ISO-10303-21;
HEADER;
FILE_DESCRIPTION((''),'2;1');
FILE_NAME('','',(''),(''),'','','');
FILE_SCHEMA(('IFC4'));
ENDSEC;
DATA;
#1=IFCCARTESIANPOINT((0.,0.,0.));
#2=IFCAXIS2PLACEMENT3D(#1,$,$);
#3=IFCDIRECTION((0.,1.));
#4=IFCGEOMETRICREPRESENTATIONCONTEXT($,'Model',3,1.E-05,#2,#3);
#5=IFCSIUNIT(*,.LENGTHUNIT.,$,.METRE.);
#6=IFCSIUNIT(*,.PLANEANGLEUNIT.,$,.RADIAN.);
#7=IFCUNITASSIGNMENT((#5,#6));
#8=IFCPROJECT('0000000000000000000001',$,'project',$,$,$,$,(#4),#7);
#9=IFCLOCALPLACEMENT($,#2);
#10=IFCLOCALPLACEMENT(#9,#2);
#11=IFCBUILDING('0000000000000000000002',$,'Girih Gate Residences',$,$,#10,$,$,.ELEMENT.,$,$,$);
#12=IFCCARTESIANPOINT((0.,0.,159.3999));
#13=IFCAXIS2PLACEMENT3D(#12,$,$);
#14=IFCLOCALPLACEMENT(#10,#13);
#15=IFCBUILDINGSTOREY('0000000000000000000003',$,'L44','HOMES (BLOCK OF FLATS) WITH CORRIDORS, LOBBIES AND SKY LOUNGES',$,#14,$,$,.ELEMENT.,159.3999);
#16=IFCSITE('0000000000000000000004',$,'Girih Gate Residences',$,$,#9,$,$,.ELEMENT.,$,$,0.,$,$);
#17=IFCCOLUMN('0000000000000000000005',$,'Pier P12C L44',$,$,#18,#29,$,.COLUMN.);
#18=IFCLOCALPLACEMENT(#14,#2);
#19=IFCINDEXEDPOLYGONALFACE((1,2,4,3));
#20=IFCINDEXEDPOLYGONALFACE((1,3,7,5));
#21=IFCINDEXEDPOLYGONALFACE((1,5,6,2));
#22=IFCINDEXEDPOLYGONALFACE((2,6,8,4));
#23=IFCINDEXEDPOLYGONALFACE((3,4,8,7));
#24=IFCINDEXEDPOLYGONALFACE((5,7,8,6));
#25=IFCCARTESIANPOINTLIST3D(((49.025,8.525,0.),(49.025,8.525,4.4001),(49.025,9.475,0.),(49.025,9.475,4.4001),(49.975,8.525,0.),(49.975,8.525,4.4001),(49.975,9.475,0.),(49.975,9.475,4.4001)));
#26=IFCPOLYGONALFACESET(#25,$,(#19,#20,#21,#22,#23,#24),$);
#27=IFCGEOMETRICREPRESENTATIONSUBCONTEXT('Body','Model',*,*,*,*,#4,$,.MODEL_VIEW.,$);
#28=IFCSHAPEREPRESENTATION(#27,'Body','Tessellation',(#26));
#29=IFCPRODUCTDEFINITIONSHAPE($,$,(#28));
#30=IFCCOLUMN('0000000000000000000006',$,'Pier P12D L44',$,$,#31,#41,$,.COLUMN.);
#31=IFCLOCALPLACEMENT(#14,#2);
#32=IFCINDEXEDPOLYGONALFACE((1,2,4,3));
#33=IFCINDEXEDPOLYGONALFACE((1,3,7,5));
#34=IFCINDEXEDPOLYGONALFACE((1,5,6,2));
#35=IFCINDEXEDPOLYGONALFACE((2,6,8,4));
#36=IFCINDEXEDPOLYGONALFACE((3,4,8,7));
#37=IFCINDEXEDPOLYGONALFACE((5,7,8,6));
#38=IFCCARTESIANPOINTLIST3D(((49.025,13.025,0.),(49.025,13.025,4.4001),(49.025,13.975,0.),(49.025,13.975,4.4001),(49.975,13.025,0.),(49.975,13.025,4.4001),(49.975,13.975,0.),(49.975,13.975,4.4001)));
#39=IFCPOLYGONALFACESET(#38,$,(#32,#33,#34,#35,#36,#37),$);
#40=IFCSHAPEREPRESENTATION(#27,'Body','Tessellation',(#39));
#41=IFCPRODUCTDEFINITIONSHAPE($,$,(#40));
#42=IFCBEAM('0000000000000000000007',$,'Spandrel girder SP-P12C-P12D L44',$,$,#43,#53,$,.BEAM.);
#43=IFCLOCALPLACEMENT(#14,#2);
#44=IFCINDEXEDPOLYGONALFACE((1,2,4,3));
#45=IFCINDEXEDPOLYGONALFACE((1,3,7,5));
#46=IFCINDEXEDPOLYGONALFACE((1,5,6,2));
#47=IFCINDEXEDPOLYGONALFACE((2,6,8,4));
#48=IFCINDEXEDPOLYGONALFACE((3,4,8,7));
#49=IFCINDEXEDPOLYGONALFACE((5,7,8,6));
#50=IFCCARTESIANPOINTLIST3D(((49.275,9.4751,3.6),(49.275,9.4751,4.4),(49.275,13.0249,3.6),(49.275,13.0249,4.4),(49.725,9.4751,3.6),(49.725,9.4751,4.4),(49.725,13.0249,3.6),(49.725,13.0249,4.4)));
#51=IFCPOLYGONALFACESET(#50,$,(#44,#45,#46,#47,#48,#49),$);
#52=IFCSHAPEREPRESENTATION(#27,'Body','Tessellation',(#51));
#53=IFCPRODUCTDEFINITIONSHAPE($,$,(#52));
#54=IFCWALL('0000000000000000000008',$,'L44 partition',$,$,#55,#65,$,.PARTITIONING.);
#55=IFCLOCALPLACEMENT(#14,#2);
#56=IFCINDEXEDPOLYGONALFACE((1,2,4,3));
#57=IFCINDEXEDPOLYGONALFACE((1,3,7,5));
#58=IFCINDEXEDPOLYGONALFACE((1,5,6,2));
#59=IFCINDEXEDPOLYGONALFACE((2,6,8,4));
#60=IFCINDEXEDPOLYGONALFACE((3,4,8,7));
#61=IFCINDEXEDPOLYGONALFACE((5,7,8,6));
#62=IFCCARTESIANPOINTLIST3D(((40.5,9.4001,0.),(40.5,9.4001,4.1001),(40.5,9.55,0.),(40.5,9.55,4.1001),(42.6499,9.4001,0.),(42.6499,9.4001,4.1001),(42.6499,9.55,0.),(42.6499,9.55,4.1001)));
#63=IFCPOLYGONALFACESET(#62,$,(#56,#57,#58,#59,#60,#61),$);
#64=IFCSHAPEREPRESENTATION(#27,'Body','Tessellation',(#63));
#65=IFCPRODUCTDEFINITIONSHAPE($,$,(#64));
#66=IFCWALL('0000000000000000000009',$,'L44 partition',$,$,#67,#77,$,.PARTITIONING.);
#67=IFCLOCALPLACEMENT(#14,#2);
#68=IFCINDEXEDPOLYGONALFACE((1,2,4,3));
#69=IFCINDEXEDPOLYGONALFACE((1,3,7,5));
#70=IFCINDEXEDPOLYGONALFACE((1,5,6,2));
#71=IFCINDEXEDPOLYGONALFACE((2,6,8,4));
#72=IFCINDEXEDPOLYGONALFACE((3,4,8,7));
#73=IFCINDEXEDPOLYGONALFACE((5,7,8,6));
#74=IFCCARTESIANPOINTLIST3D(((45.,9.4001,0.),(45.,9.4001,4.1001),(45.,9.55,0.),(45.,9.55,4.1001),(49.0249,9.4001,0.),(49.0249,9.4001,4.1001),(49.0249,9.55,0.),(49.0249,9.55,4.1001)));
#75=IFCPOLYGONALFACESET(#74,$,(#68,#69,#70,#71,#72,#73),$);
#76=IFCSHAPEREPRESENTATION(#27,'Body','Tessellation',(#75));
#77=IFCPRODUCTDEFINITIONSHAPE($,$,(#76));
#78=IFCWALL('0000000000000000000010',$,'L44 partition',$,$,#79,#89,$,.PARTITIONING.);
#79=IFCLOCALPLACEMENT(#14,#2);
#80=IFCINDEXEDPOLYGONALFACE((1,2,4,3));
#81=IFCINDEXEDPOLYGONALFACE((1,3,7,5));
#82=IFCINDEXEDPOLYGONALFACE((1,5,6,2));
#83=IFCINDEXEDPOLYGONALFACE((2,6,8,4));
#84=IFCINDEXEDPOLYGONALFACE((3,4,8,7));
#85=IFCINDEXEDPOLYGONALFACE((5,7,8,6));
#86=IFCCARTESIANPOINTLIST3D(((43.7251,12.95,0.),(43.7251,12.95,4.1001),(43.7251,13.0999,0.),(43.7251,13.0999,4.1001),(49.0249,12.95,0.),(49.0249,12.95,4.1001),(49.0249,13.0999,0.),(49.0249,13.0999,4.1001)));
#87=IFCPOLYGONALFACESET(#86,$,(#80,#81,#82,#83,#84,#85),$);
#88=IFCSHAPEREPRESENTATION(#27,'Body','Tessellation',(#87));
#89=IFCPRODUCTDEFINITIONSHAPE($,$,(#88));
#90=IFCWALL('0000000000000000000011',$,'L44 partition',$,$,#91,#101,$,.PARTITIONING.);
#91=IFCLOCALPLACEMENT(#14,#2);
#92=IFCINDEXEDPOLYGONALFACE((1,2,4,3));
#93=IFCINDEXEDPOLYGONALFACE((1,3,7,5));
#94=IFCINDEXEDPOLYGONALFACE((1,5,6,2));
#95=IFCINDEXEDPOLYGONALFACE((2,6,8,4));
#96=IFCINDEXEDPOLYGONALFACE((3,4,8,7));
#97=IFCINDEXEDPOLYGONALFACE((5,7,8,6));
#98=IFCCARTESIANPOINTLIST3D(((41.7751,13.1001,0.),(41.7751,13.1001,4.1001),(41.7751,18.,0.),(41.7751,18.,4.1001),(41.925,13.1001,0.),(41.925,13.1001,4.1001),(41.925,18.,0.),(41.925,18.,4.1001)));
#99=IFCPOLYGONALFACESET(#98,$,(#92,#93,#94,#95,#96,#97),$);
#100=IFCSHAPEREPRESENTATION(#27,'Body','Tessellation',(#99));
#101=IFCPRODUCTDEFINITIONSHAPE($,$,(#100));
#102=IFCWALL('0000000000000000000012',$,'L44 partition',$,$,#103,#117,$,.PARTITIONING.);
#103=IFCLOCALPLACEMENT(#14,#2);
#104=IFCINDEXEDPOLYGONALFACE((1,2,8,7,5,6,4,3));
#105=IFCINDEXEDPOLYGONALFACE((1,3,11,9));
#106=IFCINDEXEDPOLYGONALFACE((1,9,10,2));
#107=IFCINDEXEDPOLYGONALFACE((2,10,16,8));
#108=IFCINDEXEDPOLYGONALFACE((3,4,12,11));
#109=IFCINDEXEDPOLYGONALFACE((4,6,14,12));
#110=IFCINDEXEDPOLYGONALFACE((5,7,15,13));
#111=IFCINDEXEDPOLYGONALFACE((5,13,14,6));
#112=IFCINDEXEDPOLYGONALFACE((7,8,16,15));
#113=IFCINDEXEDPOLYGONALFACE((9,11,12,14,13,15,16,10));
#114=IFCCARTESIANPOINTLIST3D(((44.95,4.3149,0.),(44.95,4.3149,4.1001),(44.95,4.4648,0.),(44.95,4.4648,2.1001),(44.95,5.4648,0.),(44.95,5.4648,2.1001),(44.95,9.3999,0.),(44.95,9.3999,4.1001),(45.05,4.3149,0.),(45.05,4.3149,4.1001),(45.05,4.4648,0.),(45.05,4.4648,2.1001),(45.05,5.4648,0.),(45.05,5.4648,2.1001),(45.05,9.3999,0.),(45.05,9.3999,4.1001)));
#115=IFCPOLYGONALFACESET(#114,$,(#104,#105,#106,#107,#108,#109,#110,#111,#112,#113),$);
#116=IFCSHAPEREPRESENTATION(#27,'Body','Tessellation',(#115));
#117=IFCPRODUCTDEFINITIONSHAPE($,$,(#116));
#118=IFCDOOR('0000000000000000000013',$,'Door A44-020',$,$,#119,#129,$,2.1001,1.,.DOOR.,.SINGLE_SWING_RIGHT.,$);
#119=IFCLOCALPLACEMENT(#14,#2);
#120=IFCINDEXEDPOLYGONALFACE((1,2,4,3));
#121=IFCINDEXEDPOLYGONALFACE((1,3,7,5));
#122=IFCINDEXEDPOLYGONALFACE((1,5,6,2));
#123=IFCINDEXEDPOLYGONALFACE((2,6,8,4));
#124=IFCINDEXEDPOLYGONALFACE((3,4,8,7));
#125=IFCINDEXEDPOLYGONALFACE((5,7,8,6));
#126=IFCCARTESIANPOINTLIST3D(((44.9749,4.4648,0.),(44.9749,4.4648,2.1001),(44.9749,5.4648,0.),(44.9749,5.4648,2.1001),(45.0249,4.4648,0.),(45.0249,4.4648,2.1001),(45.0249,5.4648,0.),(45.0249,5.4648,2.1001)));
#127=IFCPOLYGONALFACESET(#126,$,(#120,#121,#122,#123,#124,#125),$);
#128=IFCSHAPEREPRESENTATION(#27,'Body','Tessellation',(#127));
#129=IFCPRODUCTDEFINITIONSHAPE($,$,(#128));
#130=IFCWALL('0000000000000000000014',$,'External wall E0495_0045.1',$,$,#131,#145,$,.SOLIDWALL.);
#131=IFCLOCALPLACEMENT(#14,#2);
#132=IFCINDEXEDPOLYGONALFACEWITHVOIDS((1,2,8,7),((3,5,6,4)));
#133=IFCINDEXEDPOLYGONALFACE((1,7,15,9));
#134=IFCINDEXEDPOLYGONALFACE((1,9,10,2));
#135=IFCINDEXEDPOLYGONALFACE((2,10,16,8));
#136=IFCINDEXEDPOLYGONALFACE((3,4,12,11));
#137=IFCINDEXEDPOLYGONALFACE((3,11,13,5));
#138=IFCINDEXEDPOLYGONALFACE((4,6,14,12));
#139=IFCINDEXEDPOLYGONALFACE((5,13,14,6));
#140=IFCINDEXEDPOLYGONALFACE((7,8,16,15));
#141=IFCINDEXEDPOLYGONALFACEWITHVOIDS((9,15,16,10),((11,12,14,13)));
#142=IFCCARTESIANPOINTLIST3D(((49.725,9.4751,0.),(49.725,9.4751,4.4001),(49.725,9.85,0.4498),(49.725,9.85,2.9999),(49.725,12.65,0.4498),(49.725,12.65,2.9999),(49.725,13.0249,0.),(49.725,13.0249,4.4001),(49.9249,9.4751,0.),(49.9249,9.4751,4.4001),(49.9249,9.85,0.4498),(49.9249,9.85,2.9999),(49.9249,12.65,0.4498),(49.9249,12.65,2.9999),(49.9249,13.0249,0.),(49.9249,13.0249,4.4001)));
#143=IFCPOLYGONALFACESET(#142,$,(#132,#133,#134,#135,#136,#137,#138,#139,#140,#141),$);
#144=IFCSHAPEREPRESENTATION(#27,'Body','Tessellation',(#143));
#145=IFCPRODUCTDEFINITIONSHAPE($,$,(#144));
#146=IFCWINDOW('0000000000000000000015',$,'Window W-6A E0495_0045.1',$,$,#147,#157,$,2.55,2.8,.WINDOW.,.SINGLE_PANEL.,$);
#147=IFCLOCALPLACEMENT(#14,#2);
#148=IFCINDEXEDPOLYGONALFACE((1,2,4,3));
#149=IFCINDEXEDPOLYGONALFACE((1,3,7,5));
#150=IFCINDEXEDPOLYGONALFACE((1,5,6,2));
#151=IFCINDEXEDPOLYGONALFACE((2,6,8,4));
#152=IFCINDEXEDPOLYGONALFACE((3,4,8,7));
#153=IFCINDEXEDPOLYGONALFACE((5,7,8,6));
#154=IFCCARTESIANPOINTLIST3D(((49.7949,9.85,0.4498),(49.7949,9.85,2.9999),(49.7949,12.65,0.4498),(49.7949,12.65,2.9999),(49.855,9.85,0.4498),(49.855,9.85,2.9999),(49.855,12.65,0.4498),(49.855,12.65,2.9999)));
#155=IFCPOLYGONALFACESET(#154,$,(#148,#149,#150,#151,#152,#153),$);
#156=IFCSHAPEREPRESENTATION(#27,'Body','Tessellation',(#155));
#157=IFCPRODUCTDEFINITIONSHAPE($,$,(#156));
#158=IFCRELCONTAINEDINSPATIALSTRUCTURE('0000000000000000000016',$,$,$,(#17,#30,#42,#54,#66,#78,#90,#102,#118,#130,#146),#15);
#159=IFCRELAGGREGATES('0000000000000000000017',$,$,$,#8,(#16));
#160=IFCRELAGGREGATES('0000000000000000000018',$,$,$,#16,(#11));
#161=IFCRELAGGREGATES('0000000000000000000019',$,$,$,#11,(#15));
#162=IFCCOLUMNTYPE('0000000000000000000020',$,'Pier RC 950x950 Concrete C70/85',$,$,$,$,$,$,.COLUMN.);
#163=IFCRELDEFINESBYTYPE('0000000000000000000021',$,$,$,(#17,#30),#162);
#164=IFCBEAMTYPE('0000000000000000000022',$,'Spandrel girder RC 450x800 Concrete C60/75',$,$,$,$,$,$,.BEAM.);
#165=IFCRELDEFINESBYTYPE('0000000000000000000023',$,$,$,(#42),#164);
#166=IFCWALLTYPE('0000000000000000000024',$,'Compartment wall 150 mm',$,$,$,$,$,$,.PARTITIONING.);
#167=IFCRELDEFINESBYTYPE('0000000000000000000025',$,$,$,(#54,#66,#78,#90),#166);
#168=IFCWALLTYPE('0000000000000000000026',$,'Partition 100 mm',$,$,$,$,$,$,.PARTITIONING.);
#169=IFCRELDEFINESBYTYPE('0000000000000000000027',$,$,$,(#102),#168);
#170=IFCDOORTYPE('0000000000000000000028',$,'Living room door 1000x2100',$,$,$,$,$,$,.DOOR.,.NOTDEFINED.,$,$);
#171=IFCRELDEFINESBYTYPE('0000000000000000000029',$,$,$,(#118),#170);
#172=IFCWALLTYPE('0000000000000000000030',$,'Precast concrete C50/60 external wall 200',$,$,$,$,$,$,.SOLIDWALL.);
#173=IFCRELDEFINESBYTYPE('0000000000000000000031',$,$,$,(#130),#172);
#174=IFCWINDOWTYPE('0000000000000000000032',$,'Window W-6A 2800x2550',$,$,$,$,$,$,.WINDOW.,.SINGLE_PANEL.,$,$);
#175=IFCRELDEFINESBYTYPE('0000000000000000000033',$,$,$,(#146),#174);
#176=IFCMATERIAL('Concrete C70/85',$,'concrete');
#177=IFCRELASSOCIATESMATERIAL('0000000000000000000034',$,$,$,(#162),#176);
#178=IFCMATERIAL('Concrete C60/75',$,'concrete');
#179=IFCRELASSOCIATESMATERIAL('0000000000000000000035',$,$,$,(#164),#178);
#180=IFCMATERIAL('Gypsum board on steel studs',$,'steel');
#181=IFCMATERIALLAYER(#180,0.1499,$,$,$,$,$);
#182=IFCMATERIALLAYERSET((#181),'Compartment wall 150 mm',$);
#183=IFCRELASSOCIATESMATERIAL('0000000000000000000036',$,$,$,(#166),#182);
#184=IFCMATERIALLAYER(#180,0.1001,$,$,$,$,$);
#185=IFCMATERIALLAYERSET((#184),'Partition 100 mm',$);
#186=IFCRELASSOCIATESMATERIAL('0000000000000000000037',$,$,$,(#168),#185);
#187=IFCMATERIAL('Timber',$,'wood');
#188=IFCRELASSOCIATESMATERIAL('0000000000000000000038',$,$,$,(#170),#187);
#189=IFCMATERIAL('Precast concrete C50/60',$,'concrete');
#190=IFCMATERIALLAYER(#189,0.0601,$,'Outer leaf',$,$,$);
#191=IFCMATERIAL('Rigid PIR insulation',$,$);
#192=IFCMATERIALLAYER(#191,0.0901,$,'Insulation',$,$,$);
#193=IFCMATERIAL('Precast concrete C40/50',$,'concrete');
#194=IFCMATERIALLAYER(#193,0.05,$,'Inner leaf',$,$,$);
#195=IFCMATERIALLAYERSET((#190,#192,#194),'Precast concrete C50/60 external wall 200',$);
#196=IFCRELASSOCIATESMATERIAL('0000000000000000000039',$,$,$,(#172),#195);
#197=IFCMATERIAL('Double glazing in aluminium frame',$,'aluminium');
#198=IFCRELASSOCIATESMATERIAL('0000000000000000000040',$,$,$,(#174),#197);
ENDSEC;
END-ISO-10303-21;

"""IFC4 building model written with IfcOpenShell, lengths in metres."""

from ifc_helpers import new_model, si_unit, direction, frame, frame_2d, origin, origin_2d, place, context, subcontext, project, spatial, rectangle, extrude, material, layer, layer_set, material_profile, profile_set, type_object, element, fill, save


model = new_model("IFC4")

# Units and contexts
model_context = context("Model", 3, precision=1e-05, world=origin(), true_north=direction((0.0, 1.0)))
body_context = subcontext(model_context, "Body", "Model", "MODEL_VIEW")
ifc_project = project(units=[si_unit("LENGTHUNIT", "METRE"), si_unit("PLANEANGLEUNIT", "RADIAN")], contexts=[model_context])

# Site, building, storey
site_placement = place(None, origin())
site = spatial("IfcSite", under=ifc_project, at=site_placement, Name="Girih Gate Residences", CompositionType="ELEMENT", RefElevation=0.0)
building_placement = place(site_placement, origin())
building = spatial("IfcBuilding", under=site, at=building_placement, Name="Girih Gate Residences", CompositionType="ELEMENT")
storey_placement = place(building_placement, frame((0.0, 0.0, 159.3999)))
storey = spatial("IfcBuildingStorey", under=building, at=storey_placement, Name="L44", Description="HOMES (BLOCK OF FLATS) WITH CORRIDORS, LOBBIES AND SKY LOUNGES", CompositionType="ELEMENT", Elevation=159.3999)

# Columns
ifc_material_1 = material(Name="Concrete C70/85", Category="concrete")
ifc_material_profile_1 = material_profile(ifc_material_1, rectangle(XDim=0.95, YDim=0.95, at=origin_2d()))
ifc_profile_set_1 = profile_set([ifc_material_profile_1], Name="Concrete C70/85")
column_type = type_object("IfcColumnType", Name="Pier RC 950x950 Concrete C70/85", PredefinedType="COLUMN", material=ifc_profile_set_1)
for number, where, z_axis, x_axis, name in (
    (1, (49.5, 9.0, 0.0), (0.0, 0.0, 1.0), (1.0, 0.0, 0.0), "Pier P12C L44"),
    (2, (49.5, 13.5, 0.0), (0.0, 0.0, 1.0), (1.0, 0.0, 0.0), "Pier P12D L44"),
):
    element("IfcColumn", number, at=place(storey_placement, frame(where, z_axis=z_axis, x_axis=x_axis)), inside=storey, type_object=column_type, Name=name, PredefinedType="COLUMN", context=body_context, shape_type="SweptSolid", body=[
        extrude(rectangle(XDim=0.95, YDim=0.95, at=origin_2d()), origin(), (0.0, 0.0, 1.0), 4.4001),
    ])

# Beam
ifc_material_2 = material(Name="Concrete C60/75", Category="concrete")
ifc_material_profile_2 = material_profile(ifc_material_2, rectangle(XDim=0.45, YDim=0.8, at=origin_2d()))
ifc_profile_set_2 = profile_set([ifc_material_profile_2], Name="Concrete C60/75")
beam_type = type_object("IfcBeamType", Name="Spandrel girder RC 450x800 Concrete C60/75", PredefinedType="BEAM", material=ifc_profile_set_2)
beam_placement = place(storey_placement, frame((49.5, 9.4751, 4.0), z_axis=(0.0, 1.0, 0.0), x_axis=(-1.0, 0.0, 0.0)))
element("IfcBeam", 3, at=beam_placement, inside=storey, type_object=beam_type, Name="Spandrel girder SP-P12C-P12D L44", PredefinedType="BEAM", context=body_context, shape_type="SweptSolid", body=[
    extrude(rectangle(XDim=0.45, YDim=0.8, at=origin_2d()), origin(), (0.0, 0.0, 1.0), 3.5498),
])

# Shared definitions
ifc_material_3 = material(Name="Gypsum board on steel studs", Category="steel")
ifc_layer_1 = layer(ifc_material_3, 0.1499)
ifc_layer_set_1 = layer_set([ifc_layer_1], Name="Compartment wall 150 mm")
wall_type_1 = type_object("IfcWallType", Name="Compartment wall 150 mm", PredefinedType="PARTITIONING", material=ifc_layer_set_1)

# Walls
wall_1_placement = place(storey_placement, frame((40.5, 9.4751, 0.0), z_axis=(0.0, 0.0, 1.0), x_axis=(1.0, 0.0, 0.0)))
element("IfcWall", 4, at=wall_1_placement, inside=storey, type_object=wall_type_1, Name="L44 partition", PredefinedType="PARTITIONING", context=body_context, shape_type="SweptSolid", body=[
    extrude(rectangle(XDim=2.1499, YDim=0.1499, at=frame_2d((1.075, 0.0))), origin(), (0.0, 0.0, 1.0), 4.1001),
])
wall_2_placement = place(storey_placement, frame((45.0, 9.4751, 0.0), z_axis=(0.0, 0.0, 1.0), x_axis=(1.0, 0.0, 0.0)))
element("IfcWall", 5, at=wall_2_placement, inside=storey, type_object=wall_type_1, Name="L44 partition", PredefinedType="PARTITIONING", context=body_context, shape_type="SweptSolid", body=[
    extrude(rectangle(XDim=4.0249, YDim=0.1499, at=frame_2d((2.0125, 0.0))), origin(), (0.0, 0.0, 1.0), 4.1001),
])

# Walls
wall_3_placement = place(storey_placement, frame((43.7251, 13.0249, 0.0), z_axis=(0.0, 0.0, 1.0), x_axis=(1.0, 0.0, 0.0)))
element("IfcWall", 6, at=wall_3_placement, inside=storey, type_object=wall_type_1, Name="L44 partition", PredefinedType="PARTITIONING", context=body_context, shape_type="SweptSolid", body=[
    extrude(rectangle(XDim=5.2998, YDim=0.1499, at=frame_2d((2.6499, 0.0))), origin(), (0.0, 0.0, 1.0), 4.1001),
])
wall_4_placement = place(storey_placement, frame((41.8501, 13.1001, 0.0), z_axis=(0.0, 0.0, 1.0), x_axis=(0.0, 1.0, 0.0)))
element("IfcWall", 7, at=wall_4_placement, inside=storey, type_object=wall_type_1, Name="L44 partition", PredefinedType="PARTITIONING", context=body_context, shape_type="SweptSolid", body=[
    extrude(rectangle(XDim=4.8999, YDim=0.1499, at=frame_2d((2.45, 0.0))), origin(), (0.0, 0.0, 1.0), 4.1001),
])

# Wall, opening, door
ifc_layer_2 = layer(ifc_material_3, 0.1001)
ifc_layer_set_2 = layer_set([ifc_layer_2], Name="Partition 100 mm")
wall_type_2 = type_object("IfcWallType", Name="Partition 100 mm", PredefinedType="PARTITIONING", material=ifc_layer_set_2)
wall_5_placement = place(storey_placement, frame((45.0, 9.3999, 0.0), z_axis=(0.0, 0.0, 1.0), x_axis=(0.0, -1.0, 0.0)))
wall_5 = element("IfcWall", 8, at=wall_5_placement, inside=storey, type_object=wall_type_2, Name="L44 partition", PredefinedType="PARTITIONING", context=body_context, shape_type="SweptSolid", body=[
    extrude(rectangle(XDim=5.085, YDim=0.1001, at=frame_2d((2.5425, 0.0))), origin(), (0.0, 0.0, 1.0), 4.1001),
])
opening_1_placement = place(wall_5_placement, frame((3.9351, 0.0, 0.0)))
opening_1 = element("IfcOpeningElement", 9, at=opening_1_placement, cuts=wall_5, PredefinedType="OPENING", context=body_context, shape_type="SweptSolid", body=[
    extrude(rectangle(XDim=1.0, YDim=2.1001, at=frame_2d((0.5, 1.05))), frame((0.0, 0.0601, 0.0), z_axis=(0.0, -1.0, 0.0), x_axis=(1.0, 0.0, 0.0)), (0.0, 0.0, 1.0), 0.1201),
])
ifc_material_4 = material(Name="Timber", Category="wood")
door_type_1 = type_object("IfcDoorType", Name="Living room door 1000x2100", OperationType="NOTDEFINED", PredefinedType="DOOR", material=ifc_material_4)
door_1_placement = place(opening_1_placement, origin())
door_1 = element("IfcDoor", 10, at=door_1_placement, inside=storey, type_object=door_type_1, Name="Door A44-020", OperationType="SINGLE_SWING_RIGHT", OverallHeight=2.1001, OverallWidth=1.0, PredefinedType="DOOR", context=body_context, shape_type="SweptSolid", body=[
    extrude(rectangle(XDim=1.0, YDim=2.1001, at=frame_2d((0.5, 1.05))), frame((0.0, 0.0249, 0.0), z_axis=(0.0, -1.0, 0.0), x_axis=(1.0, 0.0, 0.0)), (0.0, 0.0, 1.0), 0.05),
])
fill(opening_1, door_1)

# Wall, opening, window
ifc_material_5 = material(Name="Precast concrete C50/60", Category="concrete")
ifc_layer_3 = layer(ifc_material_5, 0.0601, Name="Outer leaf")
ifc_material_6 = material(Name="Rigid PIR insulation")
ifc_layer_4 = layer(ifc_material_6, 0.0901, Name="Insulation")
ifc_material_7 = material(Name="Precast concrete C40/50", Category="concrete")
ifc_layer_5 = layer(ifc_material_7, 0.05, Name="Inner leaf")
ifc_layer_set_3 = layer_set([ifc_layer_3, ifc_layer_4, ifc_layer_5], Name="Precast concrete C50/60 external wall 200")
wall_type_3 = type_object("IfcWallType", Name="Precast concrete C50/60 external wall 200", PredefinedType="SOLIDWALL", material=ifc_layer_set_3)
wall_6_placement = place(storey_placement, frame((49.825, 13.0249, 0.0), z_axis=(0.0, 0.0, 1.0), x_axis=(0.0, -1.0, 0.0)))
wall_6 = element("IfcWall", 11, at=wall_6_placement, inside=storey, type_object=wall_type_3, Name="External wall E0495_0045.1", PredefinedType="SOLIDWALL", context=body_context, shape_type="SweptSolid", body=[
    extrude(rectangle(XDim=3.5498, YDim=0.2, at=frame_2d((1.7749, 0.0))), origin(), (0.0, 0.0, 1.0), 4.4001),
])
opening_2_placement = place(wall_6_placement, frame((0.375, 0.0, 0.45)))
opening_2 = element("IfcOpeningElement", 12, at=opening_2_placement, cuts=wall_6, PredefinedType="OPENING", context=body_context, shape_type="SweptSolid", body=[
    extrude(rectangle(XDim=2.8, YDim=2.55, at=frame_2d((1.3999, 1.2749))), frame((0.0, 0.1099, 0.0), z_axis=(0.0, -1.0, 0.0), x_axis=(1.0, 0.0, 0.0)), (0.0, 0.0, 1.0), 0.22),
])
ifc_material_8 = material(Name="Double glazing in aluminium frame", Category="aluminium")
window_type = type_object("IfcWindowType", Name="Window W-6A 2800x2550", PartitioningType="SINGLE_PANEL", PredefinedType="WINDOW", material=ifc_material_8)
window_placement = place(opening_2_placement, origin())
window = element("IfcWindow", 13, at=window_placement, inside=storey, type_object=window_type, Name="Window W-6A E0495_0045.1", OverallHeight=2.55, OverallWidth=2.8, PartitioningType="SINGLE_PANEL", PredefinedType="WINDOW", context=body_context, shape_type="SweptSolid", body=[
    extrude(rectangle(XDim=2.8, YDim=2.55, at=frame_2d((1.3999, 1.2749))), frame((0.0, 0.03, 0.0), z_axis=(0.0, -1.0, 0.0), x_axis=(1.0, 0.0, 0.0)), (0.0, 0.0, 1.0), 0.0601),
])
fill(opening_2, window)

save(model, "model.ifc")
